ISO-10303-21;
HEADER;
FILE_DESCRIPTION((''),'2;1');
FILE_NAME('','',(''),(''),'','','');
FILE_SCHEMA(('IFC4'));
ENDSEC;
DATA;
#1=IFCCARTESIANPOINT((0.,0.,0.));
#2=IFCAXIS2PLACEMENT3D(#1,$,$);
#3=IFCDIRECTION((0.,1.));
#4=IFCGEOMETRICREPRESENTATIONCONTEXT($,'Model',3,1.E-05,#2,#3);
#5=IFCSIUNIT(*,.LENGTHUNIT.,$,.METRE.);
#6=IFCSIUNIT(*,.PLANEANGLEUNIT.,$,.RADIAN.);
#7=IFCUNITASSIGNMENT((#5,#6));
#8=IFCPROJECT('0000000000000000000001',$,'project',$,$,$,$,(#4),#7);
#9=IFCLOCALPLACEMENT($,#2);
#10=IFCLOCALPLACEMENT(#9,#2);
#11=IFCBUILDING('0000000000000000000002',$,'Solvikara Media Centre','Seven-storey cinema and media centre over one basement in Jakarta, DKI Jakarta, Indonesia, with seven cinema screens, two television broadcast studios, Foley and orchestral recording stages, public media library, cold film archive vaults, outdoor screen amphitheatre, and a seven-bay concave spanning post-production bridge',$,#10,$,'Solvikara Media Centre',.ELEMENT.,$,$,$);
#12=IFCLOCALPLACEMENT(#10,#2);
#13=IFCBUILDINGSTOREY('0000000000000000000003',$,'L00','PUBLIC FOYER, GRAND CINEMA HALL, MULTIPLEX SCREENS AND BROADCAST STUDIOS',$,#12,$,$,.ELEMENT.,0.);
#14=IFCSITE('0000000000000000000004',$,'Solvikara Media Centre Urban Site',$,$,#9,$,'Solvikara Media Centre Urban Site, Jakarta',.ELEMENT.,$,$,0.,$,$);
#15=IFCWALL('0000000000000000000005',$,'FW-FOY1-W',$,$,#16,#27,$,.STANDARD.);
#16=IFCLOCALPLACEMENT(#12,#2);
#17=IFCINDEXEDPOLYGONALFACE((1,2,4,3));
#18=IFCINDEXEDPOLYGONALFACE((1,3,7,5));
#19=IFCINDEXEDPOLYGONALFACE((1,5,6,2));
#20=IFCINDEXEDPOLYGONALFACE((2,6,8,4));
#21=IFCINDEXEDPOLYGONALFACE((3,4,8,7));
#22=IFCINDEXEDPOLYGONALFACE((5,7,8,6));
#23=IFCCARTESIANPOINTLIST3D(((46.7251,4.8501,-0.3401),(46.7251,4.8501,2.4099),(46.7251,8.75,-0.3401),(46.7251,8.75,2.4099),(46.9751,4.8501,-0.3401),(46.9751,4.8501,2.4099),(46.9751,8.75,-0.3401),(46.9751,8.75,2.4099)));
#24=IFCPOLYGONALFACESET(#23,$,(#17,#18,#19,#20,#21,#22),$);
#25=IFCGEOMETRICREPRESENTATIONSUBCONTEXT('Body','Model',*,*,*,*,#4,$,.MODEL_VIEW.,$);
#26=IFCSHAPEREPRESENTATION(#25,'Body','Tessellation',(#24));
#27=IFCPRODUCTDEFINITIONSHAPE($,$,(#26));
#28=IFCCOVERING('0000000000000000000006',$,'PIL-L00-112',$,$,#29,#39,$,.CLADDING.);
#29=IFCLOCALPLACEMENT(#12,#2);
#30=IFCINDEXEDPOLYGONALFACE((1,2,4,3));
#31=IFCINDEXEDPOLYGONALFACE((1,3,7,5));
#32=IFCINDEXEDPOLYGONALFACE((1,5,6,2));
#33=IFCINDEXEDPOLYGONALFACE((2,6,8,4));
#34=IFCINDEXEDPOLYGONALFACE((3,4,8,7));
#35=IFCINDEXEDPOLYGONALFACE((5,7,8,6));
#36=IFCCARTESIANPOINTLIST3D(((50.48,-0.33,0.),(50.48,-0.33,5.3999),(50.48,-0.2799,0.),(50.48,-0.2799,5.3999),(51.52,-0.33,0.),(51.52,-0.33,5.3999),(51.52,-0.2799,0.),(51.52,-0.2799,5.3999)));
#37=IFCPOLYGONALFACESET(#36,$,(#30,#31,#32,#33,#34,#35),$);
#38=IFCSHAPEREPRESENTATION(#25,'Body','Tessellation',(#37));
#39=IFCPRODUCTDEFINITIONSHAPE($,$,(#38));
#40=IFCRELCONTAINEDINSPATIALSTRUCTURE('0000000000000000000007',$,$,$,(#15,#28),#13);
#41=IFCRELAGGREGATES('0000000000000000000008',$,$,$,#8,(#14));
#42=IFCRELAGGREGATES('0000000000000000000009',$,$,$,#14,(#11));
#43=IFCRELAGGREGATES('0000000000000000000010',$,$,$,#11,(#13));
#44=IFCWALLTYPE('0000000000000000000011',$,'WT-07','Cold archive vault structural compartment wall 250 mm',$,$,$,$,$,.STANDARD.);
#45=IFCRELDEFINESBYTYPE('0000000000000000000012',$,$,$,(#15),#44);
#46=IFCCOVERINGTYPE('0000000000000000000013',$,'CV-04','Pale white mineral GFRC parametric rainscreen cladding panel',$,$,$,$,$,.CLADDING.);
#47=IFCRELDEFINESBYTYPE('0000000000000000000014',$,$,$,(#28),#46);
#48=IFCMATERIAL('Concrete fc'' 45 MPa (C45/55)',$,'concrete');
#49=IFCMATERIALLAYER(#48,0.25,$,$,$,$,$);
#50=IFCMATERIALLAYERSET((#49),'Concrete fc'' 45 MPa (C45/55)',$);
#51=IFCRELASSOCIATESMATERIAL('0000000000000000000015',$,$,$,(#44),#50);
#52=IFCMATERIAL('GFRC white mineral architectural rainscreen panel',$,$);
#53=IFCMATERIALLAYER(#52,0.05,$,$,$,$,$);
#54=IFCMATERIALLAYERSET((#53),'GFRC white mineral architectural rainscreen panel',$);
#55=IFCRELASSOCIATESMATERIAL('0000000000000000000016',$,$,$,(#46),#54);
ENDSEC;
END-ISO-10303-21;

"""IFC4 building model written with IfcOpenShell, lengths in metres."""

from ifc_helpers import new_model, si_unit, direction, frame, frame_2d, origin, origin_2d, place, context, subcontext, project, spatial, rectangle, extrude, material, layer, layer_set, type_object, element, save


model = new_model("IFC4")

# Units and contexts
model_context = context("Model", 3, precision=1e-05, world=origin(), true_north=direction((0.0, 1.0)))
body_context = subcontext(model_context, "Body", "Model", "MODEL_VIEW")
ifc_project = project(units=[si_unit("LENGTHUNIT", "METRE"), si_unit("PLANEANGLEUNIT", "RADIAN")], contexts=[model_context])

# Site, building, storey
site_placement = place(None, origin())
site = spatial("IfcSite", under=ifc_project, at=site_placement, Name="Solvikara Media Centre Urban Site", LongName="Solvikara Media Centre Urban Site, Jakarta", CompositionType="ELEMENT", RefElevation=0.0)
building_placement = place(site_placement, origin())
building = spatial("IfcBuilding", under=site, at=building_placement, Name="Solvikara Media Centre", Description="Seven-storey cinema and media centre over one basement in Jakarta, DKI Jakarta, Indonesia, with seven cinema screens, two television broadcast studios, Foley and orchestral recording stages, public media library, cold film archive vaults, outdoor screen amphitheatre, and a seven-bay concave spanning post-production bridge", LongName="Solvikara Media Centre", CompositionType="ELEMENT")
storey_placement = place(building_placement, origin())
storey = spatial("IfcBuildingStorey", under=building, at=storey_placement, Name="L00", Description="PUBLIC FOYER, GRAND CINEMA HALL, MULTIPLEX SCREENS AND BROADCAST STUDIOS", CompositionType="ELEMENT", Elevation=0.0)

# Wall
ifc_material_1 = material(Name="Concrete fc' 45 MPa (C45/55)", Category="concrete")
ifc_layer_1 = layer(ifc_material_1, 0.25)
ifc_layer_set_1 = layer_set([ifc_layer_1], Name="Concrete fc' 45 MPa (C45/55)")
wall_type = type_object("IfcWallType", Name="WT-07", Description="Cold archive vault structural compartment wall 250 mm", PredefinedType="STANDARD", material=ifc_layer_set_1)
wall_1_placement = place(storey_placement, frame((46.8501, 4.8501, -0.3401), z_axis=(0.0, 0.0, 1.0), x_axis=(0.0, 1.0, 0.0)))
element("IfcWall", 1, at=wall_1_placement, inside=storey, type_object=wall_type, Name="FW-FOY1-W", PredefinedType="STANDARD", context=body_context, shape_type="SweptSolid", body=[
    extrude(rectangle(XDim=3.8999, YDim=0.25, at=frame_2d((1.95, 0.0))), origin(), (0.0, 0.0, 1.0), 2.75),
])

# Covering
ifc_material_2 = material(Name="GFRC white mineral architectural rainscreen panel")
ifc_layer_2 = layer(ifc_material_2, 0.05)
ifc_layer_set_2 = layer_set([ifc_layer_2], Name="GFRC white mineral architectural rainscreen panel")
covering_type = type_object("IfcCoveringType", Name="CV-04", Description="Pale white mineral GFRC parametric rainscreen cladding panel", PredefinedType="CLADDING", material=ifc_layer_set_2)
covering_placement = place(storey_placement, frame((51.0, -0.3049, 0.0), z_axis=(0.0, 0.0, 1.0), x_axis=(1.0, 0.0, 0.0)))
element("IfcCovering", 2, at=covering_placement, inside=storey, type_object=covering_type, Name="PIL-L00-112", PredefinedType="CLADDING", context=body_context, shape_type="SweptSolid", body=[
    extrude(rectangle(XDim=1.04, YDim=0.05, at=origin_2d()), origin(), (0.0, 0.0, 1.0), 5.3999),
])

save(model, "model.ifc")
